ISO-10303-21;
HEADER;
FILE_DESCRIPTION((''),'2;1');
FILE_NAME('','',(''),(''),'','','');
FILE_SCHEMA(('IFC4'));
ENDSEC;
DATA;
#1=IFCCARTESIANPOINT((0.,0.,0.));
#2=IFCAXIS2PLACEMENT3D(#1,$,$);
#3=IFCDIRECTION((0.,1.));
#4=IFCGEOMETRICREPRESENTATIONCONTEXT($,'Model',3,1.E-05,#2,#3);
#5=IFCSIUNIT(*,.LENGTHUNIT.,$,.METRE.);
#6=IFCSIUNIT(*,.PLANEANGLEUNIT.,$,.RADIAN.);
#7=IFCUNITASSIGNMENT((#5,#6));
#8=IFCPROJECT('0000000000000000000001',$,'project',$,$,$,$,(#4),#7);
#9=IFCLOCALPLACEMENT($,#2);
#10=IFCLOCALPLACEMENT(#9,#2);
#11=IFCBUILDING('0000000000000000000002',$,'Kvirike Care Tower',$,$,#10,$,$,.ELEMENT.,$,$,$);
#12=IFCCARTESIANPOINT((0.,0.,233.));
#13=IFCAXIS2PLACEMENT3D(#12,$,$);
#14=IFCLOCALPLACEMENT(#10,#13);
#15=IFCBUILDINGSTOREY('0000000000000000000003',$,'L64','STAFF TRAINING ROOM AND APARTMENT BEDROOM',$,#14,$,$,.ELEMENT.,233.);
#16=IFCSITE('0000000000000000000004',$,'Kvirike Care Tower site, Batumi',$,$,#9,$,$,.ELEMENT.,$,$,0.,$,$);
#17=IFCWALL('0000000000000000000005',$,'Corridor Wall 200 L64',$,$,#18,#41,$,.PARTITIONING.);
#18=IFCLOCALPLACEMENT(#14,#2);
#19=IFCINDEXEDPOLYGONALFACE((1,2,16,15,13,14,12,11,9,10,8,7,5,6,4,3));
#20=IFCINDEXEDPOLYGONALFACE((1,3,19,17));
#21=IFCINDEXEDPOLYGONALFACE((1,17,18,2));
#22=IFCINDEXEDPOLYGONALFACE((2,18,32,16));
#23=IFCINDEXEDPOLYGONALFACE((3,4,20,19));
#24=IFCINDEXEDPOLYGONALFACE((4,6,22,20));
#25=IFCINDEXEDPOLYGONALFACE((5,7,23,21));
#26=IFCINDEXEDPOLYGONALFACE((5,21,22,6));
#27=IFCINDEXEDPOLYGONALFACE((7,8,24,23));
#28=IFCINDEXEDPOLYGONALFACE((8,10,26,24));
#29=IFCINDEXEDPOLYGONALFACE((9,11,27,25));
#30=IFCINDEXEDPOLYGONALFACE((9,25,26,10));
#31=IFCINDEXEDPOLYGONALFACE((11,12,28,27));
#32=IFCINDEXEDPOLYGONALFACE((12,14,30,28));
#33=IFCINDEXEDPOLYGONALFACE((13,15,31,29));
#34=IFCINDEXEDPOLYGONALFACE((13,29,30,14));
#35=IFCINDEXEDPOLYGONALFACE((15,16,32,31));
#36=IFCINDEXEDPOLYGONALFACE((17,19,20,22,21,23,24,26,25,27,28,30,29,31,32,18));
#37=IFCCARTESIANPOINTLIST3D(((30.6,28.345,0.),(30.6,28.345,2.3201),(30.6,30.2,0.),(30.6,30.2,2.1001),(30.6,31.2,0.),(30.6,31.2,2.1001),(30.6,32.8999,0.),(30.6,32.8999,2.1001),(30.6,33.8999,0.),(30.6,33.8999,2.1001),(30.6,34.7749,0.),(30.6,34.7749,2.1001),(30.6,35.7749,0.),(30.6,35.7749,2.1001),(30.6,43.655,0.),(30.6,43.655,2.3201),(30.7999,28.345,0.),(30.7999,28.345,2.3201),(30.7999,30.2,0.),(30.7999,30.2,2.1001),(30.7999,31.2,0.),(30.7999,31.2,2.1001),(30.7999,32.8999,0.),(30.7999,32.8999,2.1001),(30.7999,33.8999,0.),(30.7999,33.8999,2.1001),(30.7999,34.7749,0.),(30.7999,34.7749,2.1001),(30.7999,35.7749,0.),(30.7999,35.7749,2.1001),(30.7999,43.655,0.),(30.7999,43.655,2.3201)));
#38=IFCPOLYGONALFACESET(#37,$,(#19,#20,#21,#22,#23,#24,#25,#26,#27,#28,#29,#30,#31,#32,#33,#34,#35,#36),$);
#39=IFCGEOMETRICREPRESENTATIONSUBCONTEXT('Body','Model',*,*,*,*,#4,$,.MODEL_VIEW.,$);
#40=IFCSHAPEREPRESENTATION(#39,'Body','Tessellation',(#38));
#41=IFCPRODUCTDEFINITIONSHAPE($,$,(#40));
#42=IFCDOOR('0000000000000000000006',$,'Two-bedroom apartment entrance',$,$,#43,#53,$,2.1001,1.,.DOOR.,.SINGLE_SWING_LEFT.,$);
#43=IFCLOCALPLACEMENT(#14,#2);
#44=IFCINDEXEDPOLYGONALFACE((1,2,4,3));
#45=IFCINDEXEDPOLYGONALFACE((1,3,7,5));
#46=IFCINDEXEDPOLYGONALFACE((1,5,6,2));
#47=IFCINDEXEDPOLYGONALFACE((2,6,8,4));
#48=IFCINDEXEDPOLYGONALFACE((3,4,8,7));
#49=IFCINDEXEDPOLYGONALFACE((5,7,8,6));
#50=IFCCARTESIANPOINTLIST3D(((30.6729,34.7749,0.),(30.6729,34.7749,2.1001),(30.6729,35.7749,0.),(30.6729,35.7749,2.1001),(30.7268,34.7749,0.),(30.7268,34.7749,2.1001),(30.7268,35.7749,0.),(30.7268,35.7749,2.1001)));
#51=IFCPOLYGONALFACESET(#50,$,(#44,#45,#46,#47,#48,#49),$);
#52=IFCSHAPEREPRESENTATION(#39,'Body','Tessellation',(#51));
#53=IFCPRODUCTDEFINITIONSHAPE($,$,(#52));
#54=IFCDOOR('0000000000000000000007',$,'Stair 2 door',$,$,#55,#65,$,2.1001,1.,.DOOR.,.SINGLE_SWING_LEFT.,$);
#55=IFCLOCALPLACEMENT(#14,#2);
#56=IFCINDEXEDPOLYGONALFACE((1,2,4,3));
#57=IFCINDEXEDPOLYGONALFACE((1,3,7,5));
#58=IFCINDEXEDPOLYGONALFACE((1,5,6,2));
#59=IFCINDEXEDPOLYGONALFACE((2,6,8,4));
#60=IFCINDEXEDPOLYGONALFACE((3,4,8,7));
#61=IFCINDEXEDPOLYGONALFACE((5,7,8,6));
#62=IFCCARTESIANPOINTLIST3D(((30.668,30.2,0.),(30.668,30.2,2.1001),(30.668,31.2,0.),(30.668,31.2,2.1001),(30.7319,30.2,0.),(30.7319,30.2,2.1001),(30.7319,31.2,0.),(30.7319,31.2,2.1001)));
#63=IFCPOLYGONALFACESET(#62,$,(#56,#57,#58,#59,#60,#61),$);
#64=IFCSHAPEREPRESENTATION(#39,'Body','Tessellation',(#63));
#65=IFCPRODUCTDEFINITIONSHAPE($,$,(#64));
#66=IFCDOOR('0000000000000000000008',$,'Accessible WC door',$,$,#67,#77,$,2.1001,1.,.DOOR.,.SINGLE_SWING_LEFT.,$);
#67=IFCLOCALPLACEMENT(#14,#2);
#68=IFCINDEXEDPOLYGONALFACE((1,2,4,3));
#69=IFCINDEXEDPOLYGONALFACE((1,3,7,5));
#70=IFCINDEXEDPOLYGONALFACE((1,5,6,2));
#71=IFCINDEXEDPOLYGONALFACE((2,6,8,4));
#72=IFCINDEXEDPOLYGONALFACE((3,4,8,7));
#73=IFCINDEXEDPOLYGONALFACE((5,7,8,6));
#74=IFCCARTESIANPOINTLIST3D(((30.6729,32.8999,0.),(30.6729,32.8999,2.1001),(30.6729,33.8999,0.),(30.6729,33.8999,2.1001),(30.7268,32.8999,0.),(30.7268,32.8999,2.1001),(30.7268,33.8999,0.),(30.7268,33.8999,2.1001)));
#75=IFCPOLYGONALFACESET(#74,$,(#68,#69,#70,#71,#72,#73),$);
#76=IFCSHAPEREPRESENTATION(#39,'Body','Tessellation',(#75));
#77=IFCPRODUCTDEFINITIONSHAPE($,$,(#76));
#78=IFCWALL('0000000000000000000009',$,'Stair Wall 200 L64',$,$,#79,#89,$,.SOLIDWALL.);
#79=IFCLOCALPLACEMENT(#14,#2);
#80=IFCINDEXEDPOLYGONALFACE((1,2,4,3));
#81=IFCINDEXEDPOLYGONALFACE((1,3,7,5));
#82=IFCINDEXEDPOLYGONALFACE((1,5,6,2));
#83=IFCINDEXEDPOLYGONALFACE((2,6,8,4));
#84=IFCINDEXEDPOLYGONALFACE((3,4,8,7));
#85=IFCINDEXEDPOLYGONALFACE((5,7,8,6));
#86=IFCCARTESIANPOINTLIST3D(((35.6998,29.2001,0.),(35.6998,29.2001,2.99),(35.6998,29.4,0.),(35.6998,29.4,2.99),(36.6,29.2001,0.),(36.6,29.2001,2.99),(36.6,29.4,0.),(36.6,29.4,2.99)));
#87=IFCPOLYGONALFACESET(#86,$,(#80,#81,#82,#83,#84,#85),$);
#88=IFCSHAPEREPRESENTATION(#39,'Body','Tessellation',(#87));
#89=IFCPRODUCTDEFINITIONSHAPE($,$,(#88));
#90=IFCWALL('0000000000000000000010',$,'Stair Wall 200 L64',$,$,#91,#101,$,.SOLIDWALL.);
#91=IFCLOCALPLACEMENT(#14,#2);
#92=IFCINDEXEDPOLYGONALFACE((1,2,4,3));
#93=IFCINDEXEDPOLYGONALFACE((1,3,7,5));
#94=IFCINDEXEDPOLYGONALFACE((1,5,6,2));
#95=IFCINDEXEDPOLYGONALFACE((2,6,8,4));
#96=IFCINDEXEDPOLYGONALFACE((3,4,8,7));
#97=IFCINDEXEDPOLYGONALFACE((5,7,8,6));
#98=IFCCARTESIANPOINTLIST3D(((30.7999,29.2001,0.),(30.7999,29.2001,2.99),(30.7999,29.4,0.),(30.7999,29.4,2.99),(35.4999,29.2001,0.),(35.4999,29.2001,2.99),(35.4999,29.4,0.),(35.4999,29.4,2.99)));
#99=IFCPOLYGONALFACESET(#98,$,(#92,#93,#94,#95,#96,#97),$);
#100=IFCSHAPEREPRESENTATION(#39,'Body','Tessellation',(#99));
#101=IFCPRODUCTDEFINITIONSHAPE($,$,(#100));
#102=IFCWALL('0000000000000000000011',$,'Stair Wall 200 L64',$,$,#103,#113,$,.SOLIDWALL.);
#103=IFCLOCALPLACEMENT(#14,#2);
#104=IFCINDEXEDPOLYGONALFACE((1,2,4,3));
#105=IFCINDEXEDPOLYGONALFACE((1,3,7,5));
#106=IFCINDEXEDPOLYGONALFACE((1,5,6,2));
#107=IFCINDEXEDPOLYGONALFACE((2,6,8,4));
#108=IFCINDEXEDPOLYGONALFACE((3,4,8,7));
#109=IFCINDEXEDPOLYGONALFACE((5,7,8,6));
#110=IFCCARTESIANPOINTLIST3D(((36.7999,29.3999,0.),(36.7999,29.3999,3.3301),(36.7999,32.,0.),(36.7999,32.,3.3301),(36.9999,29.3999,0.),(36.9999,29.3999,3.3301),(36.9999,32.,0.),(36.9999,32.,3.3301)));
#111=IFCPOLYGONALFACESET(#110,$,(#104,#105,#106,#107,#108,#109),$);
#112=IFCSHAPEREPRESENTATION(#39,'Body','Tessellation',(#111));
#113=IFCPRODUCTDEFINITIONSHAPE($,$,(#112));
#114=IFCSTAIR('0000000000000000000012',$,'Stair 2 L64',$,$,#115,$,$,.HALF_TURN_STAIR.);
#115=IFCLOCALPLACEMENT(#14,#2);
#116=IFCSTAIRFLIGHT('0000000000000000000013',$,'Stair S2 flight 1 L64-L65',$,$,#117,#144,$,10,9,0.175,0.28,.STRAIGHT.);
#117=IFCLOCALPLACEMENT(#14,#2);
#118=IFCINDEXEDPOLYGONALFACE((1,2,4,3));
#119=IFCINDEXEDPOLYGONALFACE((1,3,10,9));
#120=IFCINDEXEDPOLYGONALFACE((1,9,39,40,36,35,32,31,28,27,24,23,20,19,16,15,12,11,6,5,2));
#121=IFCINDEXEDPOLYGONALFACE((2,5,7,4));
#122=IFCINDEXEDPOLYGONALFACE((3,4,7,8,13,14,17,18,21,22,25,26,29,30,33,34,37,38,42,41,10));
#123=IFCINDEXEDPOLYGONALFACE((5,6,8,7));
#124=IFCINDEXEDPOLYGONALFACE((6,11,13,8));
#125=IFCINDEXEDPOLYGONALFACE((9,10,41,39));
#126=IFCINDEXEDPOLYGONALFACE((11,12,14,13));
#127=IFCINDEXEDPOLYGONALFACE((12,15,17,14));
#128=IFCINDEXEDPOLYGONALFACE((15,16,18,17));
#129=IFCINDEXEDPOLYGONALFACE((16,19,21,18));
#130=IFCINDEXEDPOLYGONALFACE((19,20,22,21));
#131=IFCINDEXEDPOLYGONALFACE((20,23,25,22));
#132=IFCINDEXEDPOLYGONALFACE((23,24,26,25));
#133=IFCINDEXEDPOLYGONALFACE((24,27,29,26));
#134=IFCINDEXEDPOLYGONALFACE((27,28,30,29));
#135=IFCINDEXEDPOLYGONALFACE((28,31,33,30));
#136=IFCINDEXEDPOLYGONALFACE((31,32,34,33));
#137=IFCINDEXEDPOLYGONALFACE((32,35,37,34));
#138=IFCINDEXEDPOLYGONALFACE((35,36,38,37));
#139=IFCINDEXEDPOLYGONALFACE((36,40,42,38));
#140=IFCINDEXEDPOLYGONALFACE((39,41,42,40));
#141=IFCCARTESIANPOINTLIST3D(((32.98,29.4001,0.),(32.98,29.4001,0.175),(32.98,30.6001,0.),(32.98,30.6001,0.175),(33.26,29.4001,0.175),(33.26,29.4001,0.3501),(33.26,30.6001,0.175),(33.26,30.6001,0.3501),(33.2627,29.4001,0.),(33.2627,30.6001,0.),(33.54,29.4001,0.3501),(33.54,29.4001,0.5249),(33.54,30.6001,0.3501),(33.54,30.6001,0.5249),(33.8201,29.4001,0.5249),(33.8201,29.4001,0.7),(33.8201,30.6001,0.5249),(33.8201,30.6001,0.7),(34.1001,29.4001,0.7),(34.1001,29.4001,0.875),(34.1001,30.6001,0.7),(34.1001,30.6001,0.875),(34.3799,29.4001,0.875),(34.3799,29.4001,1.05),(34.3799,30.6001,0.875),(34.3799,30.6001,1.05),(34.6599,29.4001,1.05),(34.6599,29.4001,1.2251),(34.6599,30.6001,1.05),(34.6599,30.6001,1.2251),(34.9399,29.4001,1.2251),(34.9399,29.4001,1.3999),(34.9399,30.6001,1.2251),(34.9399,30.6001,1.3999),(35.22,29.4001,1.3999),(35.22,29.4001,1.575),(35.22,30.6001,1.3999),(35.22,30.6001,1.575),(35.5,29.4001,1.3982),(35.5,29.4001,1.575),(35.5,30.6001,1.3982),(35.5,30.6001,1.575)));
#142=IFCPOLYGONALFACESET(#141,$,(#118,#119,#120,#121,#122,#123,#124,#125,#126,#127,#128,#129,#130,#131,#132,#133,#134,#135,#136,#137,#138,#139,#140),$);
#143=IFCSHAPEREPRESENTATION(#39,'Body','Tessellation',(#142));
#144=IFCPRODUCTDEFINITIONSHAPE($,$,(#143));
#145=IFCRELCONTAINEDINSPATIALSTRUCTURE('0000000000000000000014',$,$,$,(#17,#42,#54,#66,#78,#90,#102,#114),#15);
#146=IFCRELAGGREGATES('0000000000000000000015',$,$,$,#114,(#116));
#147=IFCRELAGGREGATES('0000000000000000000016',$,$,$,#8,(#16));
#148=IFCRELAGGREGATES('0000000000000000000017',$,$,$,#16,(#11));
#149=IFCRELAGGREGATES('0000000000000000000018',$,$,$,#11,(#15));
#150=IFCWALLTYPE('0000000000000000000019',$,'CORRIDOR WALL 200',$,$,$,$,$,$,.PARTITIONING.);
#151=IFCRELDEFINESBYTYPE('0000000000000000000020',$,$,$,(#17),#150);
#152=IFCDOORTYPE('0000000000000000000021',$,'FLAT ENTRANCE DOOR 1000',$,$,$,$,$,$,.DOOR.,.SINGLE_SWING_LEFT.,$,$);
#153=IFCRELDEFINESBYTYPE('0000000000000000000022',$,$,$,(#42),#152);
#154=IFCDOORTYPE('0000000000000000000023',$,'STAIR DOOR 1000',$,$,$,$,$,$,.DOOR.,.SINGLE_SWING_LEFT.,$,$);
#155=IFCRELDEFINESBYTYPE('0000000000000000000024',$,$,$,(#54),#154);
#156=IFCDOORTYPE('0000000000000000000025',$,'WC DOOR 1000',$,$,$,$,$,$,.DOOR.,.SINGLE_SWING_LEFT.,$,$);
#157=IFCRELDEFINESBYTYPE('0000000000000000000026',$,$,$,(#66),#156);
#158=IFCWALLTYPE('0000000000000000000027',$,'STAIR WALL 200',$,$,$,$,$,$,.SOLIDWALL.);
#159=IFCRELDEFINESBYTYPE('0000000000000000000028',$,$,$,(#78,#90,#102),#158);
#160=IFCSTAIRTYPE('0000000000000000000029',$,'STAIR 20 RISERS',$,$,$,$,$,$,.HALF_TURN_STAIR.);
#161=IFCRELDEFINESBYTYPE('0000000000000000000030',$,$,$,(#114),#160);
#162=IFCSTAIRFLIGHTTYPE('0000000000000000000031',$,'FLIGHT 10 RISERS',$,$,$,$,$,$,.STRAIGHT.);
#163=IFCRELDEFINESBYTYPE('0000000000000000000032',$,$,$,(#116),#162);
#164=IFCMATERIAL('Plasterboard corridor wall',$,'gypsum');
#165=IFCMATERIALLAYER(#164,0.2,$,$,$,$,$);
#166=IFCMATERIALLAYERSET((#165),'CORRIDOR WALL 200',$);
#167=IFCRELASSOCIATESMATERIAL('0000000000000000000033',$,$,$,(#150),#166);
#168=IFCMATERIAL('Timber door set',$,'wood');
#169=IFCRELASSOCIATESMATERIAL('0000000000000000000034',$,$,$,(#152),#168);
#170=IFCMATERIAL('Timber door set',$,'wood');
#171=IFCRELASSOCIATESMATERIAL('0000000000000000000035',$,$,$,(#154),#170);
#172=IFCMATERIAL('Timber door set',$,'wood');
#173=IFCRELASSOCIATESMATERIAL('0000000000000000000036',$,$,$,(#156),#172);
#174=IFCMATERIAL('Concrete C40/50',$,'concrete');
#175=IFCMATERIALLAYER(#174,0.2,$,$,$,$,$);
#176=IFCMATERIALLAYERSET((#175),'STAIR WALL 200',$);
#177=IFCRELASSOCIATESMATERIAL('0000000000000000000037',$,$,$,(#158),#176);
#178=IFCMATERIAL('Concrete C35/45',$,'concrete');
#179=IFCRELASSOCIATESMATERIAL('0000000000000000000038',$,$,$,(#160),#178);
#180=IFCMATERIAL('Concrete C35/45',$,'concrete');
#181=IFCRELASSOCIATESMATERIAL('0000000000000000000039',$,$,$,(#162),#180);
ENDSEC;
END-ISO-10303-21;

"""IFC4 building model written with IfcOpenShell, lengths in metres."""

from ifc_helpers import new_model, si_unit, direction, frame, frame_2d, origin, place, context, subcontext, project, spatial, polyline, rectangle, outline, extrude, material, layer, layer_set, type_object, element, fill, aggregate, save


model = new_model("IFC4")

# Units and contexts
model_context = context("Model", 3, precision=1e-05, world=origin(), true_north=direction((0.0, 1.0)))
body_context = subcontext(model_context, "Body", "Model", "MODEL_VIEW")
ifc_project = project(units=[si_unit("LENGTHUNIT", "METRE"), si_unit("PLANEANGLEUNIT", "RADIAN")], contexts=[model_context])

# Site, building, storey
site_placement = place(None, origin())
site = spatial("IfcSite", under=ifc_project, at=site_placement, Name="Kvirike Care Tower site, Batumi", CompositionType="ELEMENT", RefElevation=0.0)
building_placement = place(site_placement, origin())
building = spatial("IfcBuilding", under=site, at=building_placement, Name="Kvirike Care Tower", CompositionType="ELEMENT")
storey_placement = place(building_placement, frame((0.0, 0.0, 233.0)))
storey = spatial("IfcBuildingStorey", under=building, at=storey_placement, Name="L64", Description="STAFF TRAINING ROOM AND APARTMENT BEDROOM", CompositionType="ELEMENT", Elevation=233.0)

# Wall, openings, doors
ifc_material_1 = material(Name="Plasterboard corridor wall", Category="gypsum")
ifc_layer_1 = layer(ifc_material_1, 0.2)
ifc_layer_set_1 = layer_set([ifc_layer_1], Name="CORRIDOR WALL 200")
wall_type_1 = type_object("IfcWallType", Name="CORRIDOR WALL 200", PredefinedType="PARTITIONING", material=ifc_layer_set_1)
wall_1_placement = place(storey_placement, frame((30.7, 28.345, 0.0), z_axis=(0.0, 0.0, 1.0), x_axis=(0.0, 1.0, 0.0)))
wall_1 = element("IfcWall", 1, at=wall_1_placement, inside=storey, type_object=wall_type_1, Name="Corridor Wall 200 L64", PredefinedType="PARTITIONING", context=body_context, shape_type="SweptSolid", body=[
    extrude(rectangle(XDim=15.3101, YDim=0.2, at=frame_2d((7.655, 0.0))), origin(), (0.0, 0.0, 1.0), 2.3201),
])
opening_1_placement = place(wall_1_placement, frame((1.855, 0.0, 0.0)))
opening_1 = element("IfcOpeningElement", 2, at=opening_1_placement, cuts=wall_1, PredefinedType="OPENING", context=body_context, shape_type="SweptSolid", body=[
    extrude(rectangle(XDim=1.0, YDim=2.1001, at=frame_2d((0.5, 1.05))), frame((0.0, 0.1106, 0.0), z_axis=(0.0, -1.0, 0.0), x_axis=(1.0, 0.0, 0.0)), (0.0, 0.0, 1.0), 0.2209),
])
opening_2_placement = place(wall_1_placement, frame((4.5549, 0.0, 0.0)))
opening_2 = element("IfcOpeningElement", 3, at=opening_2_placement, cuts=wall_1, PredefinedType="OPENING", context=body_context, shape_type="SweptSolid", body=[
    extrude(rectangle(XDim=1.0, YDim=2.1001, at=frame_2d((0.5, 1.05))), frame((0.0, 0.1106, 0.0), z_axis=(0.0, -1.0, 0.0), x_axis=(1.0, 0.0, 0.0)), (0.0, 0.0, 1.0), 0.2209),
])
opening_3_placement = place(wall_1_placement, frame((6.4299, 0.0, 0.0)))
opening_3 = element("IfcOpeningElement", 4, at=opening_3_placement, cuts=wall_1, PredefinedType="OPENING", context=body_context, shape_type="SweptSolid", body=[
    extrude(rectangle(XDim=1.0, YDim=2.1001, at=frame_2d((0.5, 1.05))), frame((0.0, 0.1106, 0.0), z_axis=(0.0, -1.0, 0.0), x_axis=(1.0, 0.0, 0.0)), (0.0, 0.0, 1.0), 0.2209),
])
ifc_material_2 = material(Name="Timber door set", Category="wood")
door_type_1 = type_object("IfcDoorType", Name="FLAT ENTRANCE DOOR 1000", OperationType="SINGLE_SWING_LEFT", PredefinedType="DOOR", material=ifc_material_2)
door_1_placement = place(opening_3_placement, frame((1.0, 0.0, 0.0), z_axis=(0.0, 0.0, 1.0), x_axis=(-1.0, 0.0, 0.0)))
door_1 = element("IfcDoor", 5, at=door_1_placement, inside=storey, type_object=door_type_1, Name="Two-bedroom apartment entrance", OperationType="SINGLE_SWING_LEFT", OverallHeight=2.1001, OverallWidth=1.0, PredefinedType="DOOR", context=body_context, shape_type="SweptSolid", body=[
    extrude(rectangle(XDim=1.0, YDim=2.1001, at=frame_2d((0.5, 1.05))), frame((0.0, 0.0269, 0.0), z_axis=(0.0, -1.0, 0.0), x_axis=(1.0, 0.0, 0.0)), (0.0, 0.0, 1.0), 0.054),
])
fill(opening_3, door_1)
ifc_material_3 = material(Name="Timber door set", Category="wood")
door_type_2 = type_object("IfcDoorType", Name="STAIR DOOR 1000", OperationType="SINGLE_SWING_LEFT", PredefinedType="DOOR", material=ifc_material_3)
door_2_placement = place(opening_1_placement, frame((1.0, 0.0, 0.0), z_axis=(0.0, 0.0, 1.0), x_axis=(-1.0, 0.0, 0.0)))
door_2 = element("IfcDoor", 6, at=door_2_placement, inside=storey, type_object=door_type_2, Name="Stair 2 door", OperationType="SINGLE_SWING_LEFT", OverallHeight=2.1001, OverallWidth=1.0, PredefinedType="DOOR", context=body_context, shape_type="SweptSolid", body=[
    extrude(rectangle(XDim=1.0, YDim=2.1001, at=frame_2d((0.5, 1.05))), frame((0.0, 0.032, 0.0), z_axis=(0.0, -1.0, 0.0), x_axis=(1.0, 0.0, 0.0)), (0.0, 0.0, 1.0), 0.064),
])
fill(opening_1, door_2)
ifc_material_4 = material(Name="Timber door set", Category="wood")
door_type_3 = type_object("IfcDoorType", Name="WC DOOR 1000", OperationType="SINGLE_SWING_LEFT", PredefinedType="DOOR", material=ifc_material_4)
door_3_placement = place(opening_2_placement, frame((1.0, 0.0, 0.0), z_axis=(0.0, 0.0, 1.0), x_axis=(-1.0, 0.0, 0.0)))
door_3 = element("IfcDoor", 7, at=door_3_placement, inside=storey, type_object=door_type_3, Name="Accessible WC door", OperationType="SINGLE_SWING_LEFT", OverallHeight=2.1001, OverallWidth=1.0, PredefinedType="DOOR", context=body_context, shape_type="SweptSolid", body=[
    extrude(rectangle(XDim=1.0, YDim=2.1001, at=frame_2d((0.5, 1.05))), frame((0.0, 0.0269, 0.0), z_axis=(0.0, -1.0, 0.0), x_axis=(1.0, 0.0, 0.0)), (0.0, 0.0, 1.0), 0.054),
])
fill(opening_2, door_3)

# Walls
ifc_material_5 = material(Name="Concrete C40/50", Category="concrete")
ifc_layer_2 = layer(ifc_material_5, 0.2)
ifc_layer_set_2 = layer_set([ifc_layer_2], Name="STAIR WALL 200")
wall_type_2 = type_object("IfcWallType", Name="STAIR WALL 200", PredefinedType="SOLIDWALL", material=ifc_layer_set_2)
wall_2_placement = place(storey_placement, frame((36.6001, 29.3, 0.0), z_axis=(0.0, 0.0, 1.0), x_axis=(-1.0, 0.0, 0.0)))
element("IfcWall", 8, at=wall_2_placement, inside=storey, type_object=wall_type_2, Name="Stair Wall 200 L64", PredefinedType="SOLIDWALL", context=body_context, shape_type="SweptSolid", body=[
    extrude(rectangle(XDim=0.9001, YDim=0.2, at=frame_2d((0.4502, 0.0))), origin(), (0.0, 0.0, 1.0), 2.99),
])
wall_3_placement = place(storey_placement, frame((35.5, 29.3, 0.0), z_axis=(0.0, 0.0, 1.0), x_axis=(-1.0, 0.0, 0.0)))
element("IfcWall", 9, at=wall_3_placement, inside=storey, type_object=wall_type_2, Name="Stair Wall 200 L64", PredefinedType="SOLIDWALL", context=body_context, shape_type="SweptSolid", body=[
    extrude(rectangle(XDim=4.7, YDim=0.2, at=frame_2d((2.3501, 0.0))), origin(), (0.0, 0.0, 1.0), 2.99),
])
wall_4_placement = place(storey_placement, frame((36.8999, 29.3999, 0.0), z_axis=(0.0, 0.0, 1.0), x_axis=(0.0, 1.0, 0.0)))
element("IfcWall", 10, at=wall_4_placement, inside=storey, type_object=wall_type_2, Name="Stair Wall 200 L64", PredefinedType="SOLIDWALL", context=body_context, shape_type="SweptSolid", body=[
    extrude(rectangle(XDim=2.6001, YDim=0.2, at=frame_2d((1.3, 0.0))), origin(), (0.0, 0.0, 1.0), 3.3301),
])

# Stair, stair flight
ifc_material_6 = material(Name="Concrete C35/45", Category="concrete")
stair_type = type_object("IfcStairType", Name="STAIR 20 RISERS", PredefinedType="HALF_TURN_STAIR", material=ifc_material_6)
stair_placement = place(storey_placement, origin())
stair = element("IfcStair", 11, at=stair_placement, inside=storey, type_object=stair_type, Name="Stair 2 L64", PredefinedType="HALF_TURN_STAIR")
ifc_material_7 = material(Name="Concrete C35/45", Category="concrete")
stair_flight_type = type_object("IfcStairFlightType", Name="FLIGHT 10 RISERS", PredefinedType="STRAIGHT", material=ifc_material_7)
stair_flight_1_placement = place(storey_placement, frame((32.98, 30.0, 0.0), z_axis=(0.0, 0.0, 1.0), x_axis=(1.0, 0.0, 0.0)))
stair_flight_1 = element("IfcStairFlight", 12, at=stair_flight_1_placement, type_object=stair_flight_type, Name="Stair S2 flight 1 L64-L65", NumberOfRisers=10, NumberOfTreads=9, PredefinedType="STRAIGHT", RiserHeight=0.175, TreadLength=0.28, context=body_context, shape_type="SweptSolid", body=[
    extrude(outline(polyline([(0.0, 0.0), (0.0, 0.175), (0.28, 0.175), (0.28, 0.3501), (0.5601, 0.3501), (0.5601, 0.5249), (0.8401, 0.5249), (0.8401, 0.7), (1.1201, 0.7), (1.1201, 0.875), (1.3999, 0.875), (1.3999, 1.05), (1.6799, 1.05), (1.6799, 1.2251), (1.96, 1.2251), (1.96, 1.3999), (2.24, 1.3999), (2.24, 1.575), (2.52, 1.575), (2.52, 1.75), (2.52, 1.3982), (0.2827, 0.0), (0.0, 0.0)])), frame((0.0, 0.6001, 0.0), z_axis=(0.0, -1.0, 0.0), x_axis=(1.0, 0.0, 0.0)), (0.0, 0.0, 1.0), 1.2),
])
aggregate(stair, [stair_flight_1])

save(model, "model.ifc")
